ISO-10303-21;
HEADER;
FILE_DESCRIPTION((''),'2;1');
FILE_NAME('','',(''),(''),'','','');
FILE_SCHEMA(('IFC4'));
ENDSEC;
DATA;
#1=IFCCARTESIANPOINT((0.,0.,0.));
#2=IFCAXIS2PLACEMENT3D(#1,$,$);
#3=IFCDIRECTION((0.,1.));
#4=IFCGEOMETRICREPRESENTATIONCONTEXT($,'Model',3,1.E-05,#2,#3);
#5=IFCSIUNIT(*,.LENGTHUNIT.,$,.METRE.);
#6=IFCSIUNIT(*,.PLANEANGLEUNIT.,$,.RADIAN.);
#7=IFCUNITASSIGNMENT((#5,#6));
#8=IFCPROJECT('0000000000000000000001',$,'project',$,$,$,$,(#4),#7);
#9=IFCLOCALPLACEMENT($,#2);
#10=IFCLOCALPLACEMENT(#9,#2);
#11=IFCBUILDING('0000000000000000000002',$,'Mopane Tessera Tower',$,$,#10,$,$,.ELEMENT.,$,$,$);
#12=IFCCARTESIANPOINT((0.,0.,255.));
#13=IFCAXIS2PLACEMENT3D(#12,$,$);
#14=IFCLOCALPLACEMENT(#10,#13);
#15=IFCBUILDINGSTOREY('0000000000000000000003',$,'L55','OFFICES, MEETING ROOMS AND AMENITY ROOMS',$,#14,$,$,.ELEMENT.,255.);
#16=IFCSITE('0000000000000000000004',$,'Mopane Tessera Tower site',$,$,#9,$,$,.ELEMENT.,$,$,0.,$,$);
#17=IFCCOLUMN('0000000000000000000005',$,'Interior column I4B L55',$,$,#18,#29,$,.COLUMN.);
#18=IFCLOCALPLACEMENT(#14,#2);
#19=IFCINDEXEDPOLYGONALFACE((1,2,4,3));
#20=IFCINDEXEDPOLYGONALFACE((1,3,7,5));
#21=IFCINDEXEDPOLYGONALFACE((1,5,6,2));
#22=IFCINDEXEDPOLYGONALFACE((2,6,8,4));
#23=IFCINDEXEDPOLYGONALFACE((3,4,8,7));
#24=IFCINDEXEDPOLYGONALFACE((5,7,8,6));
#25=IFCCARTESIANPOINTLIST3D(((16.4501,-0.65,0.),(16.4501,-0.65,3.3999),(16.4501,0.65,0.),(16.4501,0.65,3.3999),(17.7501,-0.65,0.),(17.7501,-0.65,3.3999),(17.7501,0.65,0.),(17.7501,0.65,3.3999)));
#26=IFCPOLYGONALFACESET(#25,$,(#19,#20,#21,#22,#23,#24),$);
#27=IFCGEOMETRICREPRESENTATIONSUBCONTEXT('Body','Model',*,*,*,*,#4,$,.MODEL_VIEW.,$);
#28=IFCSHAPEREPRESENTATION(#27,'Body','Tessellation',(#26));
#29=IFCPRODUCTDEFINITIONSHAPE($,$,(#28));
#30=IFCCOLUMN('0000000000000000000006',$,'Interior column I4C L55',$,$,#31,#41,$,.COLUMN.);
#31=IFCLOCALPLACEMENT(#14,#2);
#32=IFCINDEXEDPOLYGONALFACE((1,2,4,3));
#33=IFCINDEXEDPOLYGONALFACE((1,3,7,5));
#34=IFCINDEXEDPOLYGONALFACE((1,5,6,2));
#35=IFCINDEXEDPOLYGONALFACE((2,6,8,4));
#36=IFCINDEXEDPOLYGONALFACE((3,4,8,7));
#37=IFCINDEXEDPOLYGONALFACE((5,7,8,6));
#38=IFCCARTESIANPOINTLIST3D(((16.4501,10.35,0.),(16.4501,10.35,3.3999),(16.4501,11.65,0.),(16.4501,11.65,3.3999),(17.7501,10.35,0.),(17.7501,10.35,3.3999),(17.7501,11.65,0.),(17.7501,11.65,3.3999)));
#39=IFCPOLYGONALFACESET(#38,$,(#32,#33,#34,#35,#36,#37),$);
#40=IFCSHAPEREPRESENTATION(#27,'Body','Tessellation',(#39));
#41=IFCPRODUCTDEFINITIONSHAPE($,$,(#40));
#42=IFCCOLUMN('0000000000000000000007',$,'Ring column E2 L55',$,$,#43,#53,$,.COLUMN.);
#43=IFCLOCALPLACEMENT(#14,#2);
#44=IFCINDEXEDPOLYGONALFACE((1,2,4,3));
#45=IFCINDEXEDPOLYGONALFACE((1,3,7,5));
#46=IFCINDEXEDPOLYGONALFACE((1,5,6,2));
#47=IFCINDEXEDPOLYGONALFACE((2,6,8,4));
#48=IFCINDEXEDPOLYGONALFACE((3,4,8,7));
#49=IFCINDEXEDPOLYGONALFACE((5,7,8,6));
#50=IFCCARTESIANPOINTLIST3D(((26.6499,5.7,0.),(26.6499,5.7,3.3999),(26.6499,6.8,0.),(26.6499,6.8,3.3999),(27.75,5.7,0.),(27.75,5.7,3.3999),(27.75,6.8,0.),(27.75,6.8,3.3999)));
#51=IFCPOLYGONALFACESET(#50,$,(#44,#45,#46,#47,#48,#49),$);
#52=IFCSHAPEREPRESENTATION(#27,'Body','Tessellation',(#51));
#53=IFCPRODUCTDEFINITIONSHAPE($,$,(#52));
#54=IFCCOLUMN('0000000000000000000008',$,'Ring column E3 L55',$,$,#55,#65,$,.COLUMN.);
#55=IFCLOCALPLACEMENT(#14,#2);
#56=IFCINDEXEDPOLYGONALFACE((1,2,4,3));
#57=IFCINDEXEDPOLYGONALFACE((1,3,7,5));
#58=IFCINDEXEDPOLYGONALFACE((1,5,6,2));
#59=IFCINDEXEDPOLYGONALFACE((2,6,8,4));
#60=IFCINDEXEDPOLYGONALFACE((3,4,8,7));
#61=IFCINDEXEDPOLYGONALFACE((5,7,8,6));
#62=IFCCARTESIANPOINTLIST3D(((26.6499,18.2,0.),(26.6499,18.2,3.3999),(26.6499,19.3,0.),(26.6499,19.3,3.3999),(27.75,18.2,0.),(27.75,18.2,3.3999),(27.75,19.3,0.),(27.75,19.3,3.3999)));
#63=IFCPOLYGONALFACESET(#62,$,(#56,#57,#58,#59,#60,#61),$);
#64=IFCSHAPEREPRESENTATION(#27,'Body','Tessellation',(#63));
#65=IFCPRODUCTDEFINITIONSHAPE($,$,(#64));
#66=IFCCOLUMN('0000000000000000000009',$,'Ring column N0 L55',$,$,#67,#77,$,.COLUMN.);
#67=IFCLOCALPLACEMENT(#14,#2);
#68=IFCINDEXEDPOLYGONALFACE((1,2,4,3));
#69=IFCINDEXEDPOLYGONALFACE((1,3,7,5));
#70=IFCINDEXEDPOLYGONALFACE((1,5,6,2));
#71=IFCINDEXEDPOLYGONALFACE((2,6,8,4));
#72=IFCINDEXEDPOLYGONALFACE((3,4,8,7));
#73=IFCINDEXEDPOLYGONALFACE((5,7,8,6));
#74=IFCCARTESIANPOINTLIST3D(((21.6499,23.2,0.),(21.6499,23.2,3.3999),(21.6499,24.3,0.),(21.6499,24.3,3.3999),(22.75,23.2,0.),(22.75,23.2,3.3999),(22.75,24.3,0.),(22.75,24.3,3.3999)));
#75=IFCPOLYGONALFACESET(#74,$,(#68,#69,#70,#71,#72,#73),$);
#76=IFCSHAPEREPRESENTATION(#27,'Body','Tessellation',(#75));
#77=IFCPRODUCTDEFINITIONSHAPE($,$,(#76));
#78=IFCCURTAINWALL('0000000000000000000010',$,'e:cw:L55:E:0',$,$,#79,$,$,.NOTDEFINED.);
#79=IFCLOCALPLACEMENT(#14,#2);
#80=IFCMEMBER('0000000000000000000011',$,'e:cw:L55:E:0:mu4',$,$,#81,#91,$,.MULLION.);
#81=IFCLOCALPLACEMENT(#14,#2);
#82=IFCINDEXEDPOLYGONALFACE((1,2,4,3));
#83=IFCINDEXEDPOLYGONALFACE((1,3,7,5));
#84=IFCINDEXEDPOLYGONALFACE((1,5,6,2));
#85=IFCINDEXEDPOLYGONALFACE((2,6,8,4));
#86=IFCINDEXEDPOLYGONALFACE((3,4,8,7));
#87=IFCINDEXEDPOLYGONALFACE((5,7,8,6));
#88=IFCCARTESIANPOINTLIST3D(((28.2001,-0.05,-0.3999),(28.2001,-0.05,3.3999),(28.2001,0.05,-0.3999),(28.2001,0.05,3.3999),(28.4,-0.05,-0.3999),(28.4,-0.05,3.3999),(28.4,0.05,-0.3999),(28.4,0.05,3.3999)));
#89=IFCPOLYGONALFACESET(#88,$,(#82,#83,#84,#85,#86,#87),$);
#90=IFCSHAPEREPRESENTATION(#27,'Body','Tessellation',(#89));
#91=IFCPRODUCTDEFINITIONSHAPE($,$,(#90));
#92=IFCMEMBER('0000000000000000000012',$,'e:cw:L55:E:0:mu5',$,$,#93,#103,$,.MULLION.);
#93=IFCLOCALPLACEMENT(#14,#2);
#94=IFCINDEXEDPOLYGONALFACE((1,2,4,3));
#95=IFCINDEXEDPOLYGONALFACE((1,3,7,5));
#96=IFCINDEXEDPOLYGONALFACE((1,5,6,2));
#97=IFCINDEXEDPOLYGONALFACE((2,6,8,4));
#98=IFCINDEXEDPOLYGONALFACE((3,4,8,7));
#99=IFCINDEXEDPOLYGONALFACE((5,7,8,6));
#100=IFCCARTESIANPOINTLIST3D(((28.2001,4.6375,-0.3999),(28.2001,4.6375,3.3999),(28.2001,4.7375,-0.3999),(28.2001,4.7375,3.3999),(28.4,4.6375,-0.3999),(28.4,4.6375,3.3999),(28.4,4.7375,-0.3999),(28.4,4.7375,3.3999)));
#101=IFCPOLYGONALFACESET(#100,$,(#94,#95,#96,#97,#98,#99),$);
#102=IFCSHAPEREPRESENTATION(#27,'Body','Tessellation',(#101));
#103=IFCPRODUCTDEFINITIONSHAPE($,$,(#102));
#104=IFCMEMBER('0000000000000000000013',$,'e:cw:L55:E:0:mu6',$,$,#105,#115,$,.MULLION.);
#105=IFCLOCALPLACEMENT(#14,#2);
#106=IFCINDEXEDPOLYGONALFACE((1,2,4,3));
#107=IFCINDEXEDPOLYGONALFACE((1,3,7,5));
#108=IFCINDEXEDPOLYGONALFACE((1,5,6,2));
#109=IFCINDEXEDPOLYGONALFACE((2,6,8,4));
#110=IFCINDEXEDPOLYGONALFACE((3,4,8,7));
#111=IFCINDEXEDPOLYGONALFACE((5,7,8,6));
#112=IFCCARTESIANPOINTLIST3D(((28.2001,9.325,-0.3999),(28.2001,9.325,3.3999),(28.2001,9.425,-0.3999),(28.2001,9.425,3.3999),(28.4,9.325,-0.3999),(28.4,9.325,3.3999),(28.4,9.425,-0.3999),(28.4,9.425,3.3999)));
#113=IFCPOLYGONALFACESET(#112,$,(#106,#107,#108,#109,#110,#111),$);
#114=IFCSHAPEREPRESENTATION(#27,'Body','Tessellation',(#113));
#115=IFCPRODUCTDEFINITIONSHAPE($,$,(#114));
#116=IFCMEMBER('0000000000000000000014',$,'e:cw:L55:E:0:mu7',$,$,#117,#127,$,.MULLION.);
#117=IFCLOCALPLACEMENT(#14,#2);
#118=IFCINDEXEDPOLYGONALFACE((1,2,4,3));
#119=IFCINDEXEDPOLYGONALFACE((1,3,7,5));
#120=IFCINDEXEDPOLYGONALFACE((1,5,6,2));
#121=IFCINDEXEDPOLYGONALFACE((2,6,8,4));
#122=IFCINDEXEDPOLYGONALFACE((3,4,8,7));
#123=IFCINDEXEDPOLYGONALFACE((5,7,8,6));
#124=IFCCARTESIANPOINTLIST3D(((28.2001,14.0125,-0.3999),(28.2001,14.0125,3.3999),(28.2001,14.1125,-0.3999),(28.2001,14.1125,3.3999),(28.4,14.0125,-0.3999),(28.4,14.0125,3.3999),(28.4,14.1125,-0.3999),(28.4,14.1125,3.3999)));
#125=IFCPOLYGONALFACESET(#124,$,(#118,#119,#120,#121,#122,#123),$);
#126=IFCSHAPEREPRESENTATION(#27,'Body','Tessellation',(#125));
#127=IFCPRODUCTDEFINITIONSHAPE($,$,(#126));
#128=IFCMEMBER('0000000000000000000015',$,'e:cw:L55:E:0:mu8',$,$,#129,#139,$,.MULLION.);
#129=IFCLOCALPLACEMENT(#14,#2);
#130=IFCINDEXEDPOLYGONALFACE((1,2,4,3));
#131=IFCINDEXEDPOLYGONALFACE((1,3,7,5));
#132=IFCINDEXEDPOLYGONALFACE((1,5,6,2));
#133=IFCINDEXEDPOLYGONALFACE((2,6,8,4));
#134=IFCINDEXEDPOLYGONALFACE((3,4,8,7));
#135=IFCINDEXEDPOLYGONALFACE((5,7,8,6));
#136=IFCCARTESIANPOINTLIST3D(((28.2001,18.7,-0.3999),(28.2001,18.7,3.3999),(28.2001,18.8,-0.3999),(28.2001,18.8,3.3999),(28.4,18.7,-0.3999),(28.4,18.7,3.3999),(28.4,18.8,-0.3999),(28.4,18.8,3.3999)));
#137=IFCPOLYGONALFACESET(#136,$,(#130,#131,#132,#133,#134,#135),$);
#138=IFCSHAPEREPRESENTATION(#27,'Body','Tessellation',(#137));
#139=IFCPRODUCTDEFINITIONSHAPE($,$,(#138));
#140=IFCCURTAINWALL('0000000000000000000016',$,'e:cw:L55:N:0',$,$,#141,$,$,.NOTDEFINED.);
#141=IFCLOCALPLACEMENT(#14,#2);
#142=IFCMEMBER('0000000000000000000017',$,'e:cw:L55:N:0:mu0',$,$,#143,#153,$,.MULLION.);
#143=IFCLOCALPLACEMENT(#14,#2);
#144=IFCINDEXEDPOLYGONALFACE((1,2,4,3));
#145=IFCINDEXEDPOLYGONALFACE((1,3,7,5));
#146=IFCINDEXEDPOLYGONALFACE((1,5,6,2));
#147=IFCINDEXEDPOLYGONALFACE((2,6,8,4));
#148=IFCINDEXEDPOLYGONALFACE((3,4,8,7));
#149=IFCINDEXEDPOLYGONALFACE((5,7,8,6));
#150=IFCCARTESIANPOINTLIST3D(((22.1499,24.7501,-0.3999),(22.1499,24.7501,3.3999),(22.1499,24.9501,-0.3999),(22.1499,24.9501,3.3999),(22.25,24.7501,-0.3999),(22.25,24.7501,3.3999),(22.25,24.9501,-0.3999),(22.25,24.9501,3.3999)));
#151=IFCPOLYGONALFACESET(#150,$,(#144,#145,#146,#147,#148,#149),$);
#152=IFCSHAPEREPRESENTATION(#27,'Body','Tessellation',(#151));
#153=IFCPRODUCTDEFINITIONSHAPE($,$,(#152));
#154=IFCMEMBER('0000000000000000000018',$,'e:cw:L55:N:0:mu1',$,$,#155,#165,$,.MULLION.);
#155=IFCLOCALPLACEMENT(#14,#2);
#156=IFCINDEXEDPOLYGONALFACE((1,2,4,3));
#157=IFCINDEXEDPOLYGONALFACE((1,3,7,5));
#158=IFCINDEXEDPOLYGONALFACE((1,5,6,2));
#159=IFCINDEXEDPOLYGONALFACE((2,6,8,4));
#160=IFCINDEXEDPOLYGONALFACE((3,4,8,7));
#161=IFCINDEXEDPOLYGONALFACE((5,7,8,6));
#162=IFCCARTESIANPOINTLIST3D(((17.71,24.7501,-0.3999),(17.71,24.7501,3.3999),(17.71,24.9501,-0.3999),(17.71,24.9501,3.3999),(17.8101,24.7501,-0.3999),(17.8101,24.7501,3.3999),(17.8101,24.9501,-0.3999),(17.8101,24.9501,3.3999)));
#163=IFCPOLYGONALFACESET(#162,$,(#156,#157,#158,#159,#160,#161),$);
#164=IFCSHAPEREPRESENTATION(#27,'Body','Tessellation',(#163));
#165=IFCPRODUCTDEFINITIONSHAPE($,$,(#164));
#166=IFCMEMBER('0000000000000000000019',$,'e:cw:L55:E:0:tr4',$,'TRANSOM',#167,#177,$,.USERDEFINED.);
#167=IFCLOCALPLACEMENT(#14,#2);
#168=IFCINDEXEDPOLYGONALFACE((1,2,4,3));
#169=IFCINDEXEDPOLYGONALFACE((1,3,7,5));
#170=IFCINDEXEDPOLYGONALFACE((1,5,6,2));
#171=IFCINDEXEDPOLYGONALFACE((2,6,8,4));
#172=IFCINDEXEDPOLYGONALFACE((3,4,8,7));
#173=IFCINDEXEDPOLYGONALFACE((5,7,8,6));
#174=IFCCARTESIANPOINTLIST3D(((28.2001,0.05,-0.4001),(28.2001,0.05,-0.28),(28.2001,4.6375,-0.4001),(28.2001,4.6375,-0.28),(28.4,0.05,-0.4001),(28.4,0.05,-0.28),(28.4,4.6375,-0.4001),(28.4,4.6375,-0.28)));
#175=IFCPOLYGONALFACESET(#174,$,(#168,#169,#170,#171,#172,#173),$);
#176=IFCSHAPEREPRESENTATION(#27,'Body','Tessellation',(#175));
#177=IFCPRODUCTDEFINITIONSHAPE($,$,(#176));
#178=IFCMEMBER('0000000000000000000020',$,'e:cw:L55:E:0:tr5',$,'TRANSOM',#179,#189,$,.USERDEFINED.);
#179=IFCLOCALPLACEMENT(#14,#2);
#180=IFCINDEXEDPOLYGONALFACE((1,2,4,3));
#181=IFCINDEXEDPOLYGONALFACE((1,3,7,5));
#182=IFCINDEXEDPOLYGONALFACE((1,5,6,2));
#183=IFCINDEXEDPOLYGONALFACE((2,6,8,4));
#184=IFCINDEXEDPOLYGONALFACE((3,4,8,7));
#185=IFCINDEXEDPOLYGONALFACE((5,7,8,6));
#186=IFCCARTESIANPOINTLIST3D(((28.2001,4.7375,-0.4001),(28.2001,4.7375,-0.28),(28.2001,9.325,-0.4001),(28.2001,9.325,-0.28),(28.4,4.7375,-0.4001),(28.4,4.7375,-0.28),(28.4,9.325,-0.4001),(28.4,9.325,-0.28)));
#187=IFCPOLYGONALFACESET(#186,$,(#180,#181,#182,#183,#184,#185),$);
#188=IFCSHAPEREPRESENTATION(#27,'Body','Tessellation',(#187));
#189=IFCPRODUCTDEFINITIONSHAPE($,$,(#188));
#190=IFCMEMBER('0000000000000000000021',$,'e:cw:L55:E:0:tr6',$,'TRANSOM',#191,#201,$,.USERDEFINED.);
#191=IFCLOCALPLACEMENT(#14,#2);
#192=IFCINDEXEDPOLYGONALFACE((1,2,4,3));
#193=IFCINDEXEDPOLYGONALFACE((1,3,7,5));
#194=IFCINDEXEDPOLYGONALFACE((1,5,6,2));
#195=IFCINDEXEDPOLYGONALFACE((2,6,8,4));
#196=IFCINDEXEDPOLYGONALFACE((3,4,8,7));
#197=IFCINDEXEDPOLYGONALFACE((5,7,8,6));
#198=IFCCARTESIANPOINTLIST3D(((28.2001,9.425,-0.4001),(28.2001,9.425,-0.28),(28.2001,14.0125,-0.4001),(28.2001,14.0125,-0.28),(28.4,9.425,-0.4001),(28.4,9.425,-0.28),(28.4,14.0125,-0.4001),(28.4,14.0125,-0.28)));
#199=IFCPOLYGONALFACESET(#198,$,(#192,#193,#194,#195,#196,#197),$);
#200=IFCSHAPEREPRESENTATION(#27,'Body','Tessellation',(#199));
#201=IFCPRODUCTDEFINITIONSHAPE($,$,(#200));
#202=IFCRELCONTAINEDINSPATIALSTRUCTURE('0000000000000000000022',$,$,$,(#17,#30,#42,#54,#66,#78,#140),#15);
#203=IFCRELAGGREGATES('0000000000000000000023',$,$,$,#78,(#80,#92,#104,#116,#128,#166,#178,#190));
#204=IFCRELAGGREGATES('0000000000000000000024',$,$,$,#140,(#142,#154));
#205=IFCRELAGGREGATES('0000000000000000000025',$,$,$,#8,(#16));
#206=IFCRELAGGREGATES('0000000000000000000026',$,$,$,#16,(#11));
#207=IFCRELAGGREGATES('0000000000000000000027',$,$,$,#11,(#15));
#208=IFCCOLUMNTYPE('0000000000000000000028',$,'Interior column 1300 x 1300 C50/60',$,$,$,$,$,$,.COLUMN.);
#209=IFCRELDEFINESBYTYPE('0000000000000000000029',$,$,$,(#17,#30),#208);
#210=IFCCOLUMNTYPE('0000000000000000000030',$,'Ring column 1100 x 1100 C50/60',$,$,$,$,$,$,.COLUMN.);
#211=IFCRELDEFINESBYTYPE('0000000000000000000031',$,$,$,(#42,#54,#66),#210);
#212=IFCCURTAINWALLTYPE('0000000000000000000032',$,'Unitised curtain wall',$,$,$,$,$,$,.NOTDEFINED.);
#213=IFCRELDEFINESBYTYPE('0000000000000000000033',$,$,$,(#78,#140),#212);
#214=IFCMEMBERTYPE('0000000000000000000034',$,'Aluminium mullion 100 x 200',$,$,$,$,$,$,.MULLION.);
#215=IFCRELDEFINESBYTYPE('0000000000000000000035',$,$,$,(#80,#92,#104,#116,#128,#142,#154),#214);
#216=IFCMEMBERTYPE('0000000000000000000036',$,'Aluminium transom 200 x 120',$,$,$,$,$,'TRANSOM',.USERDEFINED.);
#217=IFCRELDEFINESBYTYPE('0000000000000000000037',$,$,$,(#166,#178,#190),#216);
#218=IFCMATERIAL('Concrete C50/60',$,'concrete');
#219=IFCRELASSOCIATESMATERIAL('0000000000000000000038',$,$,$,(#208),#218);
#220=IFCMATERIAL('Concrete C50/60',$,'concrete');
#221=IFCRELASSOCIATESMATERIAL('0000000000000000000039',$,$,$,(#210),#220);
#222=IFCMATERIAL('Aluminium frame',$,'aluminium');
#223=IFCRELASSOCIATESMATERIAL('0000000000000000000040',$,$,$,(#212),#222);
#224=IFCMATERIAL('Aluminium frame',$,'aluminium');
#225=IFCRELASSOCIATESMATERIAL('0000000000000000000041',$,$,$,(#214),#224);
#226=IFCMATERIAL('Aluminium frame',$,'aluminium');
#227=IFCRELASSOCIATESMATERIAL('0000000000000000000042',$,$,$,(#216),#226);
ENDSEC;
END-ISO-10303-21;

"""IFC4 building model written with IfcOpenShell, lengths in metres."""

from ifc_helpers import new_model, si_unit, direction, frame, origin, origin_2d, place, context, subcontext, project, spatial, rectangle, extrude, material, material_profile, profile_set, type_object, element, aggregate, save


model = new_model("IFC4")

# Units and contexts
model_context = context("Model", 3, precision=1e-05, world=origin(), true_north=direction((0.0, 1.0)))
body_context = subcontext(model_context, "Body", "Model", "MODEL_VIEW")
ifc_project = project(units=[si_unit("LENGTHUNIT", "METRE"), si_unit("PLANEANGLEUNIT", "RADIAN")], contexts=[model_context])

# Site, building, storey
site_placement = place(None, origin())
site = spatial("IfcSite", under=ifc_project, at=site_placement, Name="Mopane Tessera Tower site", CompositionType="ELEMENT", RefElevation=0.0)
building_placement = place(site_placement, origin())
building = spatial("IfcBuilding", under=site, at=building_placement, Name="Mopane Tessera Tower", CompositionType="ELEMENT")
storey_placement = place(building_placement, frame((0.0, 0.0, 255.0)))
storey = spatial("IfcBuildingStorey", under=building, at=storey_placement, Name="L55", Description="OFFICES, MEETING ROOMS AND AMENITY ROOMS", CompositionType="ELEMENT", Elevation=255.0)

# Columns
ifc_material_1 = material(Name="Concrete C50/60", Category="concrete")
ifc_material_profile_1 = material_profile(ifc_material_1, rectangle(XDim=1.3, YDim=1.3, at=origin_2d()))
ifc_profile_set_1 = profile_set([ifc_material_profile_1], Name="Concrete C50/60")
column_type_1 = type_object("IfcColumnType", Name="Interior column 1300 x 1300 C50/60", PredefinedType="COLUMN", material=ifc_profile_set_1)
for number, where, z_axis, x_axis, name in (
    (1, (17.1001, 0.0, 0.0), (0.0, 0.0, 1.0), (1.0, 0.0, 0.0), "Interior column I4B L55"),
    (2, (17.1001, 11.0, 0.0), (0.0, 0.0, 1.0), (1.0, 0.0, 0.0), "Interior column I4C L55"),
):
    element("IfcColumn", number, at=place(storey_placement, frame(where, z_axis=z_axis, x_axis=x_axis)), inside=storey, type_object=column_type_1, Name=name, PredefinedType="COLUMN", context=body_context, shape_type="SweptSolid", body=[
        extrude(rectangle(XDim=1.3, YDim=1.3, at=origin_2d()), origin(), (0.0, 0.0, 1.0), 3.3999),
    ])
ifc_material_2 = material(Name="Concrete C50/60", Category="concrete")
ifc_material_profile_2 = material_profile(ifc_material_2, rectangle(XDim=1.1001, YDim=1.1001, at=origin_2d()))
ifc_profile_set_2 = profile_set([ifc_material_profile_2], Name="Concrete C50/60")
column_type_2 = type_object("IfcColumnType", Name="Ring column 1100 x 1100 C50/60", PredefinedType="COLUMN", material=ifc_profile_set_2)
for number, where, z_axis, x_axis, name in (
    (3, (27.2, 6.25, 0.0), (0.0, 0.0, 1.0), (1.0, 0.0, 0.0), "Ring column E2 L55"),
    (4, (27.2, 18.75, 0.0), (0.0, 0.0, 1.0), (1.0, 0.0, 0.0), "Ring column E3 L55"),
    (5, (22.2, 23.75, 0.0), (0.0, 0.0, 1.0), (1.0, 0.0, 0.0), "Ring column N0 L55"),
):
    element("IfcColumn", number, at=place(storey_placement, frame(where, z_axis=z_axis, x_axis=x_axis)), inside=storey, type_object=column_type_2, Name=name, PredefinedType="COLUMN", context=body_context, shape_type="SweptSolid", body=[
        extrude(rectangle(XDim=1.1001, YDim=1.1001, at=origin_2d()), origin(), (0.0, 0.0, 1.0), 3.3999),
    ])

# Curtain walls, members
ifc_material_3 = material(Name="Aluminium frame", Category="aluminium")
curtain_wall_type = type_object("IfcCurtainWallType", Name="Unitised curtain wall", PredefinedType="NOTDEFINED", material=ifc_material_3)
curtain_wall_1_placement = place(storey_placement, origin())
curtain_wall_1 = element("IfcCurtainWall", 6, at=curtain_wall_1_placement, inside=storey, type_object=curtain_wall_type, Name="e:cw:L55:E:0", PredefinedType="NOTDEFINED")
ifc_material_4 = material(Name="Aluminium frame", Category="aluminium")
ifc_material_profile_3 = material_profile(ifc_material_4, rectangle(XDim=0.1001, YDim=0.2, at=origin_2d()))
ifc_profile_set_3 = profile_set([ifc_material_profile_3], Name="Aluminium frame")
member_type_1 = type_object("IfcMemberType", Name="Aluminium mullion 100 x 200", PredefinedType="MULLION", material=ifc_profile_set_3)
member_1_placement = place(storey_placement, frame((28.3, 0.0, -0.3999), z_axis=(0.0, 0.0, 1.0), x_axis=(0.0, 1.0, 0.0)))
member_1 = element("IfcMember", 7, at=member_1_placement, type_object=member_type_1, Name="e:cw:L55:E:0:mu4", PredefinedType="MULLION", context=body_context, shape_type="SweptSolid", body=[
    extrude(rectangle(XDim=0.1001, YDim=0.2, at=origin_2d()), origin(), (0.0, 0.0, 1.0), 3.7998),
])
member_2_placement = place(storey_placement, frame((28.3, 4.6875, -0.3999), z_axis=(0.0, 0.0, 1.0), x_axis=(0.0, 1.0, 0.0)))
member_2 = element("IfcMember", 8, at=member_2_placement, type_object=member_type_1, Name="e:cw:L55:E:0:mu5", PredefinedType="MULLION", context=body_context, shape_type="SweptSolid", body=[
    extrude(rectangle(XDim=0.1001, YDim=0.2, at=origin_2d()), origin(), (0.0, 0.0, 1.0), 3.7998),
])
member_3_placement = place(storey_placement, frame((28.3, 9.375, -0.3999), z_axis=(0.0, 0.0, 1.0), x_axis=(0.0, 1.0, 0.0)))
member_3 = element("IfcMember", 9, at=member_3_placement, type_object=member_type_1, Name="e:cw:L55:E:0:mu6", PredefinedType="MULLION", context=body_context, shape_type="SweptSolid", body=[
    extrude(rectangle(XDim=0.1001, YDim=0.2, at=origin_2d()), origin(), (0.0, 0.0, 1.0), 3.7998),
])
member_4_placement = place(storey_placement, frame((28.3, 14.0625, -0.3999), z_axis=(0.0, 0.0, 1.0), x_axis=(0.0, 1.0, 0.0)))
member_4 = element("IfcMember", 10, at=member_4_placement, type_object=member_type_1, Name="e:cw:L55:E:0:mu7", PredefinedType="MULLION", context=body_context, shape_type="SweptSolid", body=[
    extrude(rectangle(XDim=0.1001, YDim=0.2, at=origin_2d()), origin(), (0.0, 0.0, 1.0), 3.7998),
])
member_5_placement = place(storey_placement, frame((28.3, 18.75, -0.3999), z_axis=(0.0, 0.0, 1.0), x_axis=(0.0, 1.0, 0.0)))
member_5 = element("IfcMember", 11, at=member_5_placement, type_object=member_type_1, Name="e:cw:L55:E:0:mu8", PredefinedType="MULLION", context=body_context, shape_type="SweptSolid", body=[
    extrude(rectangle(XDim=0.1001, YDim=0.2, at=origin_2d()), origin(), (0.0, 0.0, 1.0), 3.7998),
])
curtain_wall_2_placement = place(storey_placement, origin())
curtain_wall_2 = element("IfcCurtainWall", 12, at=curtain_wall_2_placement, inside=storey, type_object=curtain_wall_type, Name="e:cw:L55:N:0", PredefinedType="NOTDEFINED")
member_6_placement = place(storey_placement, frame((22.2, 24.8501, -0.3999), z_axis=(0.0, 0.0, 1.0), x_axis=(-1.0, 0.0, 0.0)))
member_6 = element("IfcMember", 13, at=member_6_placement, type_object=member_type_1, Name="e:cw:L55:N:0:mu0", PredefinedType="MULLION", context=body_context, shape_type="SweptSolid", body=[
    extrude(rectangle(XDim=0.1001, YDim=0.2, at=origin_2d()), origin(), (0.0, 0.0, 1.0), 3.7998),
])
member_7_placement = place(storey_placement, frame((17.76, 24.8501, -0.3999), z_axis=(0.0, 0.0, 1.0), x_axis=(-1.0, 0.0, 0.0)))
member_7 = element("IfcMember", 14, at=member_7_placement, type_object=member_type_1, Name="e:cw:L55:N:0:mu1", PredefinedType="MULLION", context=body_context, shape_type="SweptSolid", body=[
    extrude(rectangle(XDim=0.1001, YDim=0.2, at=origin_2d()), origin(), (0.0, 0.0, 1.0), 3.7998),
])

# Members
ifc_material_5 = material(Name="Aluminium frame", Category="aluminium")
ifc_material_profile_4 = material_profile(ifc_material_5, rectangle(XDim=0.2, YDim=0.1201, at=origin_2d()))
ifc_profile_set_4 = profile_set([ifc_material_profile_4], Name="Aluminium frame")
member_type_2 = type_object("IfcMemberType", Name="Aluminium transom 200 x 120", ElementType="TRANSOM", PredefinedType="USERDEFINED", material=ifc_profile_set_4)
member_8_placement = place(storey_placement, frame((28.3, 0.05, -0.3401), z_axis=(0.0, 1.0, 0.0), x_axis=(-1.0, 0.0, 0.0)))
member_8 = element("IfcMember", 15, at=member_8_placement, type_object=member_type_2, Name="e:cw:L55:E:0:tr4", ObjectType="TRANSOM", PredefinedType="USERDEFINED", context=body_context, shape_type="SweptSolid", body=[
    extrude(rectangle(XDim=0.2, YDim=0.1201, at=origin_2d()), origin(), (0.0, 0.0, 1.0), 4.5874),
])
member_9_placement = place(storey_placement, frame((28.3, 4.7375, -0.3401), z_axis=(0.0, 1.0, 0.0), x_axis=(-1.0, 0.0, 0.0)))
member_9 = element("IfcMember", 16, at=member_9_placement, type_object=member_type_2, Name="e:cw:L55:E:0:tr5", ObjectType="TRANSOM", PredefinedType="USERDEFINED", context=body_context, shape_type="SweptSolid", body=[
    extrude(rectangle(XDim=0.2, YDim=0.1201, at=origin_2d()), origin(), (0.0, 0.0, 1.0), 4.5874),
])
member_10_placement = place(storey_placement, frame((28.3, 9.425, -0.3401), z_axis=(0.0, 1.0, 0.0), x_axis=(-1.0, 0.0, 0.0)))
member_10 = element("IfcMember", 17, at=member_10_placement, type_object=member_type_2, Name="e:cw:L55:E:0:tr6", ObjectType="TRANSOM", PredefinedType="USERDEFINED", context=body_context, shape_type="SweptSolid", body=[
    extrude(rectangle(XDim=0.2, YDim=0.1201, at=origin_2d()), origin(), (0.0, 0.0, 1.0), 4.5874),
])

aggregate(curtain_wall_1, [member_1, member_2, member_3, member_4, member_5, member_8, member_9, member_10])
aggregate(curtain_wall_2, [member_6, member_7])

save(model, "model.ifc")
